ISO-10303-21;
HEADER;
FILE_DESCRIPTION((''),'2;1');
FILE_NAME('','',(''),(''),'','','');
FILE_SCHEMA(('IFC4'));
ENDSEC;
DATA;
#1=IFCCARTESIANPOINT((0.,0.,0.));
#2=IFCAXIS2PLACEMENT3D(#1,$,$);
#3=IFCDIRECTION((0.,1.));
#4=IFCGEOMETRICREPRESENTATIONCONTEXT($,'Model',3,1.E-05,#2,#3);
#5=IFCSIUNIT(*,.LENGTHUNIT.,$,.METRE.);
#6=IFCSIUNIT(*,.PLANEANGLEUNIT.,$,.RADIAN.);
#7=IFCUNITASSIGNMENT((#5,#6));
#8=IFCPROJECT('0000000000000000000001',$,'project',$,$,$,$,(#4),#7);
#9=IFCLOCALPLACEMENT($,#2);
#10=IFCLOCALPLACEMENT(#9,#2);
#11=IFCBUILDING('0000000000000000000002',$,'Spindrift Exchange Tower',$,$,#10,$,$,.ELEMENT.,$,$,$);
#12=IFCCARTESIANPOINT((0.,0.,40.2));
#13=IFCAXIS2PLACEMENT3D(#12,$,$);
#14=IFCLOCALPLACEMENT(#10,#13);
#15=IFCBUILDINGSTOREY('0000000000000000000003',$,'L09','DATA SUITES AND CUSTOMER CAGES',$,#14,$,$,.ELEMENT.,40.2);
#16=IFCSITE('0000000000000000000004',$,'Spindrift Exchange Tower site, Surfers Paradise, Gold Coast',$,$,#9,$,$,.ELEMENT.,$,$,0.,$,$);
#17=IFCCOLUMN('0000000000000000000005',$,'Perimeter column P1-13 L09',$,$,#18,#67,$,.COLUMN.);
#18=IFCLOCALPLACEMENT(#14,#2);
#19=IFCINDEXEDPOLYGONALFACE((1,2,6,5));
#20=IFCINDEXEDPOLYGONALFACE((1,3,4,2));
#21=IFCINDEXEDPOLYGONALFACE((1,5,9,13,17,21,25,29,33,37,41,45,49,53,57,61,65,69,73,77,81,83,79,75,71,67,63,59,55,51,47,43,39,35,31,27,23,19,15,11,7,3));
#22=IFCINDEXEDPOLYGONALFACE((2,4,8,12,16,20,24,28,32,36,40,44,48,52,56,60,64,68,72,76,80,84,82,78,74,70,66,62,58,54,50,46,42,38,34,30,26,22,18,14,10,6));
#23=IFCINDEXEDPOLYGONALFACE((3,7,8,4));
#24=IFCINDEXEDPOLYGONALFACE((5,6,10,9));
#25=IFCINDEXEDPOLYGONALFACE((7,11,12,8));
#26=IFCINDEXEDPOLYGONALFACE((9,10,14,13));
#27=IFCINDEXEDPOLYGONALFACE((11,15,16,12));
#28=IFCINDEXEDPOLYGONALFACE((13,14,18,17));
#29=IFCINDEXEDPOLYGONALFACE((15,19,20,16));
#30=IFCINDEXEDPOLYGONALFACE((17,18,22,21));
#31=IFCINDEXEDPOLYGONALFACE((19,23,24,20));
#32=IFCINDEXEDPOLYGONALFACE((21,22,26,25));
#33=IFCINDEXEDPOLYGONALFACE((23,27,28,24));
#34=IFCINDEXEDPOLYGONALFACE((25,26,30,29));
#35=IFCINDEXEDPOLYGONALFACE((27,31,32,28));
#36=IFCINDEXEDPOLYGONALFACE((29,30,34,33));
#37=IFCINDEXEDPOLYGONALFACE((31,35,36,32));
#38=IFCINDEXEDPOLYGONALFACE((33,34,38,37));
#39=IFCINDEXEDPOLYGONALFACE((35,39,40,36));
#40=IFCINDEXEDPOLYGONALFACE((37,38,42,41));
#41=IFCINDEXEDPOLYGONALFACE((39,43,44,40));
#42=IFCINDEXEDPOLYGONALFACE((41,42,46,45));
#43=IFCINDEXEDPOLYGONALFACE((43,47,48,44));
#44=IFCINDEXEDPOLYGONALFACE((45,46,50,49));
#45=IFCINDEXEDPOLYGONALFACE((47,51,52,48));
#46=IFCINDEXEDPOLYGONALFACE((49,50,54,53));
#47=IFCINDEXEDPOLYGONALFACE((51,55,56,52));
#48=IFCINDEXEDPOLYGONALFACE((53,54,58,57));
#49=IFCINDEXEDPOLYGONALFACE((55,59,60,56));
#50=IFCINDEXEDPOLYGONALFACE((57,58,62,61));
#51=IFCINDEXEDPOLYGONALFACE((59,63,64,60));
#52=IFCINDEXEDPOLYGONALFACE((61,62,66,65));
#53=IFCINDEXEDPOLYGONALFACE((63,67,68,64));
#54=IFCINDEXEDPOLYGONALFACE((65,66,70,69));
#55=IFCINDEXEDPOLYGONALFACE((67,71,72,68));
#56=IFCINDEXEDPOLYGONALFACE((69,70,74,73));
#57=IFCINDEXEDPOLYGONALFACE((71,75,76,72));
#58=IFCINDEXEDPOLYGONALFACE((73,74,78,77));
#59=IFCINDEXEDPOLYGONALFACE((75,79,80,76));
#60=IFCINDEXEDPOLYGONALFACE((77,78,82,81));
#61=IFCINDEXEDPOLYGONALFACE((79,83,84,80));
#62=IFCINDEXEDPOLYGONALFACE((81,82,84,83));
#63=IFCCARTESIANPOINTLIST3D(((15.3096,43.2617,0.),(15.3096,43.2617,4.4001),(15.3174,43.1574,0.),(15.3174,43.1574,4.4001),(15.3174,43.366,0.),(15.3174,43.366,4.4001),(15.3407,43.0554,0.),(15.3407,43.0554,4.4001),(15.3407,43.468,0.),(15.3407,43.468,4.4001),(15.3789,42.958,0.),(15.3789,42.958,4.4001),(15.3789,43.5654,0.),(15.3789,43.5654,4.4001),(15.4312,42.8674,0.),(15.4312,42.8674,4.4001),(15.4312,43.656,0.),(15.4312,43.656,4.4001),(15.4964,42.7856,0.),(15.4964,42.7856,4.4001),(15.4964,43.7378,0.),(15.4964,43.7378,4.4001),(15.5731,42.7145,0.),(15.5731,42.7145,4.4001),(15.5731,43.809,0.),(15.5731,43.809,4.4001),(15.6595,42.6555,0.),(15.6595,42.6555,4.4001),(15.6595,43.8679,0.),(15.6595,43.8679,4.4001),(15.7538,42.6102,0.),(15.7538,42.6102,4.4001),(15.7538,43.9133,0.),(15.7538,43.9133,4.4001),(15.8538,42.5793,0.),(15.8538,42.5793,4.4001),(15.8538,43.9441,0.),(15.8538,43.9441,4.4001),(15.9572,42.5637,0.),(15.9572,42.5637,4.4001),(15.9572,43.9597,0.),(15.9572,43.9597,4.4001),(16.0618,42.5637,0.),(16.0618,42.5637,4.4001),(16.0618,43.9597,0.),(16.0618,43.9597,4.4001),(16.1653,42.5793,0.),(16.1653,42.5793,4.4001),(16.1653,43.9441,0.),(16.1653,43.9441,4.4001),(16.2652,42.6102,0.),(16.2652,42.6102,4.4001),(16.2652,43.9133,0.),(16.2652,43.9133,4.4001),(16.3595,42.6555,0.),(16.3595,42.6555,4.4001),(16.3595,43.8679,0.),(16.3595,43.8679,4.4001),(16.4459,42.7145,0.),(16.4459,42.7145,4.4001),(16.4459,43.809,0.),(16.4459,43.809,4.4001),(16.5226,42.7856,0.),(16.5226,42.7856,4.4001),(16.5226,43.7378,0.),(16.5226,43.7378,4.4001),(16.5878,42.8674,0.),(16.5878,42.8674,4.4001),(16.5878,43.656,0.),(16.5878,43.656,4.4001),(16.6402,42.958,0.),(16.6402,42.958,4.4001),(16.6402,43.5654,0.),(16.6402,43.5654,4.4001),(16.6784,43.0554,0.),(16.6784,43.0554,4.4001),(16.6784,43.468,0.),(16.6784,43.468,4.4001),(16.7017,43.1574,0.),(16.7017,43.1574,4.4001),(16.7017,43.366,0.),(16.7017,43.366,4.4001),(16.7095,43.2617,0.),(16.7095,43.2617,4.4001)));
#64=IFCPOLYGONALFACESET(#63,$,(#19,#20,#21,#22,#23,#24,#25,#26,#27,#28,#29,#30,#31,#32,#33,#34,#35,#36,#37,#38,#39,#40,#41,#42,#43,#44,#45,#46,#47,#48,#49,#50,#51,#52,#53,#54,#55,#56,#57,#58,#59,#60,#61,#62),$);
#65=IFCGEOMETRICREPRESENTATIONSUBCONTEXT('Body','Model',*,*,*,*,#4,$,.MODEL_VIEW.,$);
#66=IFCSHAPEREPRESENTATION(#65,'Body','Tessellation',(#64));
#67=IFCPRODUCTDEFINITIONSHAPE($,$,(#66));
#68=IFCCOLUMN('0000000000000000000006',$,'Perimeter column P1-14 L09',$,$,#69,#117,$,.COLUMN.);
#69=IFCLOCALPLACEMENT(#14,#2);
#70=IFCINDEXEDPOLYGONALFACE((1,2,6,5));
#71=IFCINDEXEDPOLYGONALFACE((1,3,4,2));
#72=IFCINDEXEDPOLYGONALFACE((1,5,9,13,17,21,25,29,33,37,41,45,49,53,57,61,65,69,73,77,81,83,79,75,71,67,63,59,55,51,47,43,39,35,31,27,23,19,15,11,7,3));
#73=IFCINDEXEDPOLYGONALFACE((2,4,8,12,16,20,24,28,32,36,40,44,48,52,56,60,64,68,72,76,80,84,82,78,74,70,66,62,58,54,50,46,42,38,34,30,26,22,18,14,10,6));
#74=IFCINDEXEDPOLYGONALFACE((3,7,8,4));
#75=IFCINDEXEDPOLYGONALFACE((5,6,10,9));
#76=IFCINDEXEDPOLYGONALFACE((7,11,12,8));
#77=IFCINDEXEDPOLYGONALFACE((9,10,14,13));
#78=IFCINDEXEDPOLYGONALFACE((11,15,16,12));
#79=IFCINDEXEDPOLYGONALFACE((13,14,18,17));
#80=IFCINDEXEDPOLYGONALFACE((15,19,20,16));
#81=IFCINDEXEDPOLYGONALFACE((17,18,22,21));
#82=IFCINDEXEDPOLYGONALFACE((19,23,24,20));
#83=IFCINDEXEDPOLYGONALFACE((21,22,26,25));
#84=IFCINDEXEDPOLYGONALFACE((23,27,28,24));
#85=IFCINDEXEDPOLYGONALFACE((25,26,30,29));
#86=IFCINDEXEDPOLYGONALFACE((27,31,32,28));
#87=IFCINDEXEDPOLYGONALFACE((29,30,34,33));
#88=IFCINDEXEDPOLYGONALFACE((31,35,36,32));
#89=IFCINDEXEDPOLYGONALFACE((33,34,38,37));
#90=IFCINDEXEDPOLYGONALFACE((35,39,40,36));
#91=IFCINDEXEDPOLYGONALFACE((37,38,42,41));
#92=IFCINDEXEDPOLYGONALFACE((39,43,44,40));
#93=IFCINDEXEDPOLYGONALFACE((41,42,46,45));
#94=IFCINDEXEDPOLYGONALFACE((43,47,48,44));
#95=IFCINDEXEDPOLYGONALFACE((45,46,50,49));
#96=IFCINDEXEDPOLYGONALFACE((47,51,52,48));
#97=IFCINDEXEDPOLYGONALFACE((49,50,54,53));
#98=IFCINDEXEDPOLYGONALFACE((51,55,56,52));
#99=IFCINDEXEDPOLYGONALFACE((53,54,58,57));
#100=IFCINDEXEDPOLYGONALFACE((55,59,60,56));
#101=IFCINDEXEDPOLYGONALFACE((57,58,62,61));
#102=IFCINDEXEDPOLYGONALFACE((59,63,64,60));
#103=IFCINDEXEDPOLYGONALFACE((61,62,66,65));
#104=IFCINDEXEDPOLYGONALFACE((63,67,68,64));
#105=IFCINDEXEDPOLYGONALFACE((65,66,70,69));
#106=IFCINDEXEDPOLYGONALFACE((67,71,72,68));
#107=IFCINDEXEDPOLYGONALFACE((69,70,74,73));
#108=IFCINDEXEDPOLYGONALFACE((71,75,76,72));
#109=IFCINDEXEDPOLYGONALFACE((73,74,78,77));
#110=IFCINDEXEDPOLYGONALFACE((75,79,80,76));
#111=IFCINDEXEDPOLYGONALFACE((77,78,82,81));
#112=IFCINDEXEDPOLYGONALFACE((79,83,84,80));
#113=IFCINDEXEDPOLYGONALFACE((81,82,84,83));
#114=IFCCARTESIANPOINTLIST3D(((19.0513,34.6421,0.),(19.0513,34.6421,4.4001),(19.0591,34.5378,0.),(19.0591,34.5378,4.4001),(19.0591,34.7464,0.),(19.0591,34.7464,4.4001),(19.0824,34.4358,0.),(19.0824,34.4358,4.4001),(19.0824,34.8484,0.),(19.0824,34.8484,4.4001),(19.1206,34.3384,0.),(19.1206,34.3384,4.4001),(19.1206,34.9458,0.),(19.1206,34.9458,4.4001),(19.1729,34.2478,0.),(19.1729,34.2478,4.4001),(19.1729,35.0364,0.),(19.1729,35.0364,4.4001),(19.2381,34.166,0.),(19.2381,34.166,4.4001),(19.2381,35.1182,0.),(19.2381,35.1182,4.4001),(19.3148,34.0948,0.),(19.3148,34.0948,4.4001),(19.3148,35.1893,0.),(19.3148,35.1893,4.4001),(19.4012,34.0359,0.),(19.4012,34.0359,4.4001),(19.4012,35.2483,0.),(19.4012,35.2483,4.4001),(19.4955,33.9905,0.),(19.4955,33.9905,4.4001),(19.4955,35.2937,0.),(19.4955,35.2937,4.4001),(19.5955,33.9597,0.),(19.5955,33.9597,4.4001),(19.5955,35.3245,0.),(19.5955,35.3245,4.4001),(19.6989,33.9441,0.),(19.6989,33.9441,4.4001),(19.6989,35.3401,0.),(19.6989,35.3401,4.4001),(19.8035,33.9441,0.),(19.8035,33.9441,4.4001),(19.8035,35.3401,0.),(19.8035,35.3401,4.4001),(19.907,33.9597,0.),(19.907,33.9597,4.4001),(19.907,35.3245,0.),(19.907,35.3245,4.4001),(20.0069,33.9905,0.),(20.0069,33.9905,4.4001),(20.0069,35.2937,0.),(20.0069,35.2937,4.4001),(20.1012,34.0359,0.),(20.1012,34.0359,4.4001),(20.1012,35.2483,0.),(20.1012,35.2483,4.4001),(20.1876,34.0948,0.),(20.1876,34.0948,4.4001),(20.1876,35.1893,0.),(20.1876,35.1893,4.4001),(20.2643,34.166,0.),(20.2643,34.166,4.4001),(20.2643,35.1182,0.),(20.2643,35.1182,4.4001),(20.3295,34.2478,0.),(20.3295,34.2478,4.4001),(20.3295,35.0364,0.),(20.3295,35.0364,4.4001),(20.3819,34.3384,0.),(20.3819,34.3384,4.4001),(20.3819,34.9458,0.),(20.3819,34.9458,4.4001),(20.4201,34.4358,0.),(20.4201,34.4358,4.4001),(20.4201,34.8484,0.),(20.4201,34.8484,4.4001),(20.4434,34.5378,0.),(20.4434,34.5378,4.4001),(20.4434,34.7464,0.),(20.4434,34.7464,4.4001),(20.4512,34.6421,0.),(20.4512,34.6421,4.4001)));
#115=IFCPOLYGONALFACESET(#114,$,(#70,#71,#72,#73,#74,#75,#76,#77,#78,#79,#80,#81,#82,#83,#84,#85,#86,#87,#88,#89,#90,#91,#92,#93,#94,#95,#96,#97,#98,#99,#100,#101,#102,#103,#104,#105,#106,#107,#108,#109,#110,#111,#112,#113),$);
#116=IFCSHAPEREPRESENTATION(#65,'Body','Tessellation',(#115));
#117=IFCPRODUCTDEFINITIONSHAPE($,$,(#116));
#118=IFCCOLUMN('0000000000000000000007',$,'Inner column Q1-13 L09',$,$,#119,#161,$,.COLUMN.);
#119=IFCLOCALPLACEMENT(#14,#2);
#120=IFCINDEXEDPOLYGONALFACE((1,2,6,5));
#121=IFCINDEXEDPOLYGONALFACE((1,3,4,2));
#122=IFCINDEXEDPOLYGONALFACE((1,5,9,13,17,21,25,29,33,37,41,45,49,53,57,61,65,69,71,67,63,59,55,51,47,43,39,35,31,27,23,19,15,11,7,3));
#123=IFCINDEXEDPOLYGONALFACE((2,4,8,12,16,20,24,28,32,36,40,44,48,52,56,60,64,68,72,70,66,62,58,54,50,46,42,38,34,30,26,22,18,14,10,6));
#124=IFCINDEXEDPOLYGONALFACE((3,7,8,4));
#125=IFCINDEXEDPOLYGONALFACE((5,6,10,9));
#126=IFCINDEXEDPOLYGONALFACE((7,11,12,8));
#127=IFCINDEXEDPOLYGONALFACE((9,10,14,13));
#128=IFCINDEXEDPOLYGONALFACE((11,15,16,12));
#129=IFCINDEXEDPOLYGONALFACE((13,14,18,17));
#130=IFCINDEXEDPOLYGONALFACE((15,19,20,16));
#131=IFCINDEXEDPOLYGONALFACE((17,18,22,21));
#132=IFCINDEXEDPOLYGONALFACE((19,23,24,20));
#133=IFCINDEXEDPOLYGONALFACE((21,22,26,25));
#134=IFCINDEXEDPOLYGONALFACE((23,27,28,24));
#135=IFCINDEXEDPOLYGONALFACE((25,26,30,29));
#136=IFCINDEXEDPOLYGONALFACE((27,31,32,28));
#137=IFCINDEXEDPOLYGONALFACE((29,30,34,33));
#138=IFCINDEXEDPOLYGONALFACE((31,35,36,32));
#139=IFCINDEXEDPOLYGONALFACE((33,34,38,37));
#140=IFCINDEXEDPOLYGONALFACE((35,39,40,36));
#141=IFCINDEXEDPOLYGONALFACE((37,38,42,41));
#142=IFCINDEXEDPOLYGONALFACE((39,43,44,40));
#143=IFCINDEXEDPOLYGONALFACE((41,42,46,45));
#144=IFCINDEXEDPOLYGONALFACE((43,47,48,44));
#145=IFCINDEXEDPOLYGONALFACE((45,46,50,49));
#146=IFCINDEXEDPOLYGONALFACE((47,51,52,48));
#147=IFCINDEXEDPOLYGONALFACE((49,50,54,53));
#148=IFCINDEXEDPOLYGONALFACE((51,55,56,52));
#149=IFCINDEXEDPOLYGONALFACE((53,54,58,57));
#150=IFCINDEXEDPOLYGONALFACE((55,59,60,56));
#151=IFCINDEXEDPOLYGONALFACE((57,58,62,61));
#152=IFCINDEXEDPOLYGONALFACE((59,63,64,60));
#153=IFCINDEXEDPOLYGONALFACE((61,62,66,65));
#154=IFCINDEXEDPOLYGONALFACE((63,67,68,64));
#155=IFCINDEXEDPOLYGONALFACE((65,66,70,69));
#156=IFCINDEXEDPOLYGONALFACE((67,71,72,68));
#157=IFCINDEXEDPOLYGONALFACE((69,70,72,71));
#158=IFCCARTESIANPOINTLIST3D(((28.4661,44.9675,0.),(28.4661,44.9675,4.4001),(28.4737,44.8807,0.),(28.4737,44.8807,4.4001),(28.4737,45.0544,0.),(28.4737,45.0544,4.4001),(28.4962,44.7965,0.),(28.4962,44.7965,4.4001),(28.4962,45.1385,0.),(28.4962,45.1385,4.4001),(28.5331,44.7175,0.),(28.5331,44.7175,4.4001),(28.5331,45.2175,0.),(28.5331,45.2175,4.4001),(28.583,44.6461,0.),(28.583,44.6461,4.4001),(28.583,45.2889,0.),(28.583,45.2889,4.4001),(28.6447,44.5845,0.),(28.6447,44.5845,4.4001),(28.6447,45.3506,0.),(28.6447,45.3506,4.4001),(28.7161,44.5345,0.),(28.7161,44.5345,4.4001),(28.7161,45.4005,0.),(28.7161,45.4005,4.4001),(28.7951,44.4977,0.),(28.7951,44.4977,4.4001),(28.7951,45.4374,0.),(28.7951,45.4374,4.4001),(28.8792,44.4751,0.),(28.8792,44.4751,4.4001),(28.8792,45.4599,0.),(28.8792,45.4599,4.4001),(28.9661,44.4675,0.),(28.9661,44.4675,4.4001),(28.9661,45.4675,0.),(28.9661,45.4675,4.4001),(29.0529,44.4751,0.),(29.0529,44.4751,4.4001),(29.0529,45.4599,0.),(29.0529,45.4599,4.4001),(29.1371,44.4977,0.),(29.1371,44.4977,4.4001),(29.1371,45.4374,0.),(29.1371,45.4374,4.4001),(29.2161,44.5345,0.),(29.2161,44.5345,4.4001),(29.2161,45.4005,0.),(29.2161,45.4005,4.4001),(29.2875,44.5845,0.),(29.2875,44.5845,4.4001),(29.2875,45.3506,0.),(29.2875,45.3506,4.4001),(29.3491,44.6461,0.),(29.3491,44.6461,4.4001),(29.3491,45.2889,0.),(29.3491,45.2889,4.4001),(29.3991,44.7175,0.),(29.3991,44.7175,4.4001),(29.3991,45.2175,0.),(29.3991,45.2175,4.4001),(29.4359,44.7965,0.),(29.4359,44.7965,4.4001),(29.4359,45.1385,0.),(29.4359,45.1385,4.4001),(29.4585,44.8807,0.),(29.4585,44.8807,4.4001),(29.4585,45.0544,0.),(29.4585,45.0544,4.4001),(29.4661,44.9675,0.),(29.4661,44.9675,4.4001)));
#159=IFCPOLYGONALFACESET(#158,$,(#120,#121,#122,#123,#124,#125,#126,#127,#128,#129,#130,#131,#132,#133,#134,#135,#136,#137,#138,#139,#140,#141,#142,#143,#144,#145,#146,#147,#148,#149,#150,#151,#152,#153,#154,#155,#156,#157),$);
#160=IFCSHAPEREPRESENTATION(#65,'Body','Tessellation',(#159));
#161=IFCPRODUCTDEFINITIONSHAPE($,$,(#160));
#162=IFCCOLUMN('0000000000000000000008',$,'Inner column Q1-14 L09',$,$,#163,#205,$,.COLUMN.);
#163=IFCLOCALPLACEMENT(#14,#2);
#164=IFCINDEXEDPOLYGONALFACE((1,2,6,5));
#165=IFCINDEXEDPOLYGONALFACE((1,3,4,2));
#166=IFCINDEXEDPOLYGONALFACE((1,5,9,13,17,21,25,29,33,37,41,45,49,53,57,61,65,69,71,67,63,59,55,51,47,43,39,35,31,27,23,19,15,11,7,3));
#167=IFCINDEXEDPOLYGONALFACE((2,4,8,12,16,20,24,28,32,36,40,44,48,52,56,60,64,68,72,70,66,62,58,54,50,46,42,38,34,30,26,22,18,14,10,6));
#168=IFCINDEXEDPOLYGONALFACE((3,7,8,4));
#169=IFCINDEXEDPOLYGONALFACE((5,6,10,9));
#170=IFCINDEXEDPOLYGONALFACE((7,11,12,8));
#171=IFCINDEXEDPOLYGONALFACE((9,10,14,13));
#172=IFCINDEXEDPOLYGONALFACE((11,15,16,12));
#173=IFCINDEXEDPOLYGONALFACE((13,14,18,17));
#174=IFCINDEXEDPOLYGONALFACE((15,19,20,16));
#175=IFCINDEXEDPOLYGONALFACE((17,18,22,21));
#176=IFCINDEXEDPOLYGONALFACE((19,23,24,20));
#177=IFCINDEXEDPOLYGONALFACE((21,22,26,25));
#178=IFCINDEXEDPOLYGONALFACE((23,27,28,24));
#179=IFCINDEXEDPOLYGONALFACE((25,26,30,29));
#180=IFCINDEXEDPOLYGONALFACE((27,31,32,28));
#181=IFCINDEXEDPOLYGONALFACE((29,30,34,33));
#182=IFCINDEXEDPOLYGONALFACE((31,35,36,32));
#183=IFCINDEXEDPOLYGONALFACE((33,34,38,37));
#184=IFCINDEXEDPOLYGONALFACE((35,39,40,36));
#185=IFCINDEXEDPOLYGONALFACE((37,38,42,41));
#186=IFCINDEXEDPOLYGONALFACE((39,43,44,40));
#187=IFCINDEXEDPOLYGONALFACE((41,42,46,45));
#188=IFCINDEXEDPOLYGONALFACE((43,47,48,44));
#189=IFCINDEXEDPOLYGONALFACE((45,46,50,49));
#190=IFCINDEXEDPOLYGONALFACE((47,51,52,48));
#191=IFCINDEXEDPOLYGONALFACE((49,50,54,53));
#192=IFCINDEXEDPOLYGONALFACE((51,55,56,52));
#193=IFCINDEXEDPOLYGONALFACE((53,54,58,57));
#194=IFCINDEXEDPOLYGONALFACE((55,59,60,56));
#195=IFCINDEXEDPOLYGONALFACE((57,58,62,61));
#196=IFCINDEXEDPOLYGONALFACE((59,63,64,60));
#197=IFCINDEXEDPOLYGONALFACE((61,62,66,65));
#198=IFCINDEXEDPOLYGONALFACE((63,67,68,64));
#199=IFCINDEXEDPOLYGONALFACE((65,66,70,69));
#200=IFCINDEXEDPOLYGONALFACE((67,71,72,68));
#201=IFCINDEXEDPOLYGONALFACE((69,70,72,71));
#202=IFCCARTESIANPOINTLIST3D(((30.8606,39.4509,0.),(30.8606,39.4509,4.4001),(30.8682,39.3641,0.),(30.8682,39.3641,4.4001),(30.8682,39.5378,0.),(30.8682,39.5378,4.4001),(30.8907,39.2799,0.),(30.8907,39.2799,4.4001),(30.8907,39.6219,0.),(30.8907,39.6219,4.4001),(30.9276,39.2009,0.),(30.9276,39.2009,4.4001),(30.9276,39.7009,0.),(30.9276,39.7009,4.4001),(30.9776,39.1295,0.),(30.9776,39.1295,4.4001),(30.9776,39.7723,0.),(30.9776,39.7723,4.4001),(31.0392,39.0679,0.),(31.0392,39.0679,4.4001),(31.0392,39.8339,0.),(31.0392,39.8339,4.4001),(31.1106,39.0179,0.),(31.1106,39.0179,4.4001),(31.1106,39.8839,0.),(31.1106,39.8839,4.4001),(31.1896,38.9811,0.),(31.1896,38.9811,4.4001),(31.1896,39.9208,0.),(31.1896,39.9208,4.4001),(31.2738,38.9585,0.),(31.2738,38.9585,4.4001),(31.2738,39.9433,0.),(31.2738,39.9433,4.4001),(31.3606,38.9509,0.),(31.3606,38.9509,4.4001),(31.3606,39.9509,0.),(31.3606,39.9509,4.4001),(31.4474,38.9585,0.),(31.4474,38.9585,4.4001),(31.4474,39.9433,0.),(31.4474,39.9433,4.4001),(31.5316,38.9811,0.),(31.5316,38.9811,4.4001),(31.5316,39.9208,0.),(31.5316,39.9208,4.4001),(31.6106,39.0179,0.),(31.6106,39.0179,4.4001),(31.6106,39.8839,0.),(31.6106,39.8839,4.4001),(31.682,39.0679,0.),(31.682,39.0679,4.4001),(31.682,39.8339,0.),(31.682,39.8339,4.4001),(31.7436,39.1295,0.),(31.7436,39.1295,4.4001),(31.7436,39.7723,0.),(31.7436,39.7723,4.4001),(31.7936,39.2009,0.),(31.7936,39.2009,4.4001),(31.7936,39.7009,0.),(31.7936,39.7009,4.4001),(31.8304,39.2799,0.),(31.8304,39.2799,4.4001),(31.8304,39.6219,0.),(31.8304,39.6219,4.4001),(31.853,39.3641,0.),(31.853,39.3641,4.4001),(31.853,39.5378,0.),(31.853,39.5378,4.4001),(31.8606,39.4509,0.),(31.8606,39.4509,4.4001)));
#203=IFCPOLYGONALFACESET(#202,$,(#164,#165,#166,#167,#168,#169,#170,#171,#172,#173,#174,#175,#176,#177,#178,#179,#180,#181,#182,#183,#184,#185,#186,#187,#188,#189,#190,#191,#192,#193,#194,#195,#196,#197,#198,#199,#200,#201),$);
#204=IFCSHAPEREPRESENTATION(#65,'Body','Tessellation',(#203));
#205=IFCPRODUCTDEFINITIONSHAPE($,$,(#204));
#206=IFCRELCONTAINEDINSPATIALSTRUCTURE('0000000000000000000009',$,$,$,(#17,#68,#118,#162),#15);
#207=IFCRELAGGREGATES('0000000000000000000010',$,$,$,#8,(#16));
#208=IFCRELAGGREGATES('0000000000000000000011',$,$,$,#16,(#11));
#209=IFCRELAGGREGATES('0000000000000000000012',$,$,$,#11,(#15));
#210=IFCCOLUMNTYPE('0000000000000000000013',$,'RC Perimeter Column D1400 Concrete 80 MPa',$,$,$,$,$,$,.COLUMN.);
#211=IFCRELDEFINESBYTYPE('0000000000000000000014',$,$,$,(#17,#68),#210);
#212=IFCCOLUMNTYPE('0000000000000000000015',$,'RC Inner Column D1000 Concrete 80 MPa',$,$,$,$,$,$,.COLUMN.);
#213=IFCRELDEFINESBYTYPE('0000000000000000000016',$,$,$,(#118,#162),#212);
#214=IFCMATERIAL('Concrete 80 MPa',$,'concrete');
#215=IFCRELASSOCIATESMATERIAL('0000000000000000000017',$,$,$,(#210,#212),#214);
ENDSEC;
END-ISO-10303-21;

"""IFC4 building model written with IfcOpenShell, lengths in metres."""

from ifc_helpers import new_model, si_unit, direction, frame, origin, origin_2d, place, context, subcontext, project, spatial, circle, extrude, source, transform, mapped, material, material_profile, profile_set, type_object, element, save


model = new_model("IFC4")

# Units and contexts
model_context = context("Model", 3, precision=1e-05, world=origin(), true_north=direction((0.0, 1.0)))
body_context = subcontext(model_context, "Body", "Model", "MODEL_VIEW")
ifc_project = project(units=[si_unit("LENGTHUNIT", "METRE"), si_unit("PLANEANGLEUNIT", "RADIAN")], contexts=[model_context])

# Site, building, storey
site_placement = place(None, origin())
site = spatial("IfcSite", under=ifc_project, at=site_placement, Name="Spindrift Exchange Tower site, Surfers Paradise, Gold Coast", CompositionType="ELEMENT", RefElevation=0.0)
building_placement = place(site_placement, origin())
building = spatial("IfcBuilding", under=site, at=building_placement, Name="Spindrift Exchange Tower", CompositionType="ELEMENT")
storey_placement = place(building_placement, frame((0.0, 0.0, 40.2)))
storey = spatial("IfcBuildingStorey", under=building, at=storey_placement, Name="L09", Description="DATA SUITES AND CUSTOMER CAGES", CompositionType="ELEMENT", Elevation=40.2)

# Columns
ifc_material_1 = material(Name="Concrete 80 MPa", Category="concrete")
ifc_material_profile_1 = material_profile(ifc_material_1, circle(Radius=0.7, at=origin_2d()), Name="RC D1400")
ifc_profile_set_1 = profile_set([ifc_material_profile_1], Name="Concrete 80 MPa")
column_type_1 = type_object("IfcColumnType", Name="RC Perimeter Column D1400 Concrete 80 MPa", PredefinedType="COLUMN", material=ifc_profile_set_1)
shared_shape_1 = source(origin(), body_context, "Body", "SweptSolid", [
    extrude(circle(Radius=0.7, at=origin_2d()), origin(), (0.0, 0.0, 1.0), 4.4001),
])
for number, where, z_axis, x_axis, name in (
    (1, (16.0095, 43.2617, 0.0), (0.0, 0.0, 1.0), (1.0, 0.0, 0.0), "Perimeter column P1-13 L09"),
    (2, (19.7512, 34.6421, 0.0), (0.0, 0.0, 1.0), (1.0, 0.0, 0.0), "Perimeter column P1-14 L09"),
):
    element("IfcColumn", number, at=place(storey_placement, frame(where, z_axis=z_axis, x_axis=x_axis)), inside=storey, type_object=column_type_1, Name=name, PredefinedType="COLUMN", context=body_context, shape_type="MappedRepresentation", body=[
        mapped(shared_shape_1, transform((0.0, 0.0, 0.0), scale=1.0)),
    ])
ifc_material_profile_2 = material_profile(ifc_material_1, circle(Radius=0.5, at=origin_2d()), Name="RC D1000")
ifc_profile_set_2 = profile_set([ifc_material_profile_2], Name="Concrete 80 MPa")
column_type_2 = type_object("IfcColumnType", Name="RC Inner Column D1000 Concrete 80 MPa", PredefinedType="COLUMN", material=ifc_profile_set_2)
shared_shape_2 = source(origin(), body_context, "Body", "SweptSolid", [
    extrude(circle(Radius=0.5, at=origin_2d()), origin(), (0.0, 0.0, 1.0), 4.4001),
])
for number, where, z_axis, x_axis, name in (
    (3, (28.9661, 44.9675, 0.0), (0.0, 0.0, 1.0), (1.0, 0.0, 0.0), "Inner column Q1-13 L09"),
    (4, (31.3606, 39.4509, 0.0), (0.0, 0.0, 1.0), (1.0, 0.0, 0.0), "Inner column Q1-14 L09"),
):
    element("IfcColumn", number, at=place(storey_placement, frame(where, z_axis=z_axis, x_axis=x_axis)), inside=storey, type_object=column_type_2, Name=name, PredefinedType="COLUMN", context=body_context, shape_type="MappedRepresentation", body=[
        mapped(shared_shape_2, transform((0.0, 0.0, 0.0), scale=1.0)),
    ])

save(model, "model.ifc")
